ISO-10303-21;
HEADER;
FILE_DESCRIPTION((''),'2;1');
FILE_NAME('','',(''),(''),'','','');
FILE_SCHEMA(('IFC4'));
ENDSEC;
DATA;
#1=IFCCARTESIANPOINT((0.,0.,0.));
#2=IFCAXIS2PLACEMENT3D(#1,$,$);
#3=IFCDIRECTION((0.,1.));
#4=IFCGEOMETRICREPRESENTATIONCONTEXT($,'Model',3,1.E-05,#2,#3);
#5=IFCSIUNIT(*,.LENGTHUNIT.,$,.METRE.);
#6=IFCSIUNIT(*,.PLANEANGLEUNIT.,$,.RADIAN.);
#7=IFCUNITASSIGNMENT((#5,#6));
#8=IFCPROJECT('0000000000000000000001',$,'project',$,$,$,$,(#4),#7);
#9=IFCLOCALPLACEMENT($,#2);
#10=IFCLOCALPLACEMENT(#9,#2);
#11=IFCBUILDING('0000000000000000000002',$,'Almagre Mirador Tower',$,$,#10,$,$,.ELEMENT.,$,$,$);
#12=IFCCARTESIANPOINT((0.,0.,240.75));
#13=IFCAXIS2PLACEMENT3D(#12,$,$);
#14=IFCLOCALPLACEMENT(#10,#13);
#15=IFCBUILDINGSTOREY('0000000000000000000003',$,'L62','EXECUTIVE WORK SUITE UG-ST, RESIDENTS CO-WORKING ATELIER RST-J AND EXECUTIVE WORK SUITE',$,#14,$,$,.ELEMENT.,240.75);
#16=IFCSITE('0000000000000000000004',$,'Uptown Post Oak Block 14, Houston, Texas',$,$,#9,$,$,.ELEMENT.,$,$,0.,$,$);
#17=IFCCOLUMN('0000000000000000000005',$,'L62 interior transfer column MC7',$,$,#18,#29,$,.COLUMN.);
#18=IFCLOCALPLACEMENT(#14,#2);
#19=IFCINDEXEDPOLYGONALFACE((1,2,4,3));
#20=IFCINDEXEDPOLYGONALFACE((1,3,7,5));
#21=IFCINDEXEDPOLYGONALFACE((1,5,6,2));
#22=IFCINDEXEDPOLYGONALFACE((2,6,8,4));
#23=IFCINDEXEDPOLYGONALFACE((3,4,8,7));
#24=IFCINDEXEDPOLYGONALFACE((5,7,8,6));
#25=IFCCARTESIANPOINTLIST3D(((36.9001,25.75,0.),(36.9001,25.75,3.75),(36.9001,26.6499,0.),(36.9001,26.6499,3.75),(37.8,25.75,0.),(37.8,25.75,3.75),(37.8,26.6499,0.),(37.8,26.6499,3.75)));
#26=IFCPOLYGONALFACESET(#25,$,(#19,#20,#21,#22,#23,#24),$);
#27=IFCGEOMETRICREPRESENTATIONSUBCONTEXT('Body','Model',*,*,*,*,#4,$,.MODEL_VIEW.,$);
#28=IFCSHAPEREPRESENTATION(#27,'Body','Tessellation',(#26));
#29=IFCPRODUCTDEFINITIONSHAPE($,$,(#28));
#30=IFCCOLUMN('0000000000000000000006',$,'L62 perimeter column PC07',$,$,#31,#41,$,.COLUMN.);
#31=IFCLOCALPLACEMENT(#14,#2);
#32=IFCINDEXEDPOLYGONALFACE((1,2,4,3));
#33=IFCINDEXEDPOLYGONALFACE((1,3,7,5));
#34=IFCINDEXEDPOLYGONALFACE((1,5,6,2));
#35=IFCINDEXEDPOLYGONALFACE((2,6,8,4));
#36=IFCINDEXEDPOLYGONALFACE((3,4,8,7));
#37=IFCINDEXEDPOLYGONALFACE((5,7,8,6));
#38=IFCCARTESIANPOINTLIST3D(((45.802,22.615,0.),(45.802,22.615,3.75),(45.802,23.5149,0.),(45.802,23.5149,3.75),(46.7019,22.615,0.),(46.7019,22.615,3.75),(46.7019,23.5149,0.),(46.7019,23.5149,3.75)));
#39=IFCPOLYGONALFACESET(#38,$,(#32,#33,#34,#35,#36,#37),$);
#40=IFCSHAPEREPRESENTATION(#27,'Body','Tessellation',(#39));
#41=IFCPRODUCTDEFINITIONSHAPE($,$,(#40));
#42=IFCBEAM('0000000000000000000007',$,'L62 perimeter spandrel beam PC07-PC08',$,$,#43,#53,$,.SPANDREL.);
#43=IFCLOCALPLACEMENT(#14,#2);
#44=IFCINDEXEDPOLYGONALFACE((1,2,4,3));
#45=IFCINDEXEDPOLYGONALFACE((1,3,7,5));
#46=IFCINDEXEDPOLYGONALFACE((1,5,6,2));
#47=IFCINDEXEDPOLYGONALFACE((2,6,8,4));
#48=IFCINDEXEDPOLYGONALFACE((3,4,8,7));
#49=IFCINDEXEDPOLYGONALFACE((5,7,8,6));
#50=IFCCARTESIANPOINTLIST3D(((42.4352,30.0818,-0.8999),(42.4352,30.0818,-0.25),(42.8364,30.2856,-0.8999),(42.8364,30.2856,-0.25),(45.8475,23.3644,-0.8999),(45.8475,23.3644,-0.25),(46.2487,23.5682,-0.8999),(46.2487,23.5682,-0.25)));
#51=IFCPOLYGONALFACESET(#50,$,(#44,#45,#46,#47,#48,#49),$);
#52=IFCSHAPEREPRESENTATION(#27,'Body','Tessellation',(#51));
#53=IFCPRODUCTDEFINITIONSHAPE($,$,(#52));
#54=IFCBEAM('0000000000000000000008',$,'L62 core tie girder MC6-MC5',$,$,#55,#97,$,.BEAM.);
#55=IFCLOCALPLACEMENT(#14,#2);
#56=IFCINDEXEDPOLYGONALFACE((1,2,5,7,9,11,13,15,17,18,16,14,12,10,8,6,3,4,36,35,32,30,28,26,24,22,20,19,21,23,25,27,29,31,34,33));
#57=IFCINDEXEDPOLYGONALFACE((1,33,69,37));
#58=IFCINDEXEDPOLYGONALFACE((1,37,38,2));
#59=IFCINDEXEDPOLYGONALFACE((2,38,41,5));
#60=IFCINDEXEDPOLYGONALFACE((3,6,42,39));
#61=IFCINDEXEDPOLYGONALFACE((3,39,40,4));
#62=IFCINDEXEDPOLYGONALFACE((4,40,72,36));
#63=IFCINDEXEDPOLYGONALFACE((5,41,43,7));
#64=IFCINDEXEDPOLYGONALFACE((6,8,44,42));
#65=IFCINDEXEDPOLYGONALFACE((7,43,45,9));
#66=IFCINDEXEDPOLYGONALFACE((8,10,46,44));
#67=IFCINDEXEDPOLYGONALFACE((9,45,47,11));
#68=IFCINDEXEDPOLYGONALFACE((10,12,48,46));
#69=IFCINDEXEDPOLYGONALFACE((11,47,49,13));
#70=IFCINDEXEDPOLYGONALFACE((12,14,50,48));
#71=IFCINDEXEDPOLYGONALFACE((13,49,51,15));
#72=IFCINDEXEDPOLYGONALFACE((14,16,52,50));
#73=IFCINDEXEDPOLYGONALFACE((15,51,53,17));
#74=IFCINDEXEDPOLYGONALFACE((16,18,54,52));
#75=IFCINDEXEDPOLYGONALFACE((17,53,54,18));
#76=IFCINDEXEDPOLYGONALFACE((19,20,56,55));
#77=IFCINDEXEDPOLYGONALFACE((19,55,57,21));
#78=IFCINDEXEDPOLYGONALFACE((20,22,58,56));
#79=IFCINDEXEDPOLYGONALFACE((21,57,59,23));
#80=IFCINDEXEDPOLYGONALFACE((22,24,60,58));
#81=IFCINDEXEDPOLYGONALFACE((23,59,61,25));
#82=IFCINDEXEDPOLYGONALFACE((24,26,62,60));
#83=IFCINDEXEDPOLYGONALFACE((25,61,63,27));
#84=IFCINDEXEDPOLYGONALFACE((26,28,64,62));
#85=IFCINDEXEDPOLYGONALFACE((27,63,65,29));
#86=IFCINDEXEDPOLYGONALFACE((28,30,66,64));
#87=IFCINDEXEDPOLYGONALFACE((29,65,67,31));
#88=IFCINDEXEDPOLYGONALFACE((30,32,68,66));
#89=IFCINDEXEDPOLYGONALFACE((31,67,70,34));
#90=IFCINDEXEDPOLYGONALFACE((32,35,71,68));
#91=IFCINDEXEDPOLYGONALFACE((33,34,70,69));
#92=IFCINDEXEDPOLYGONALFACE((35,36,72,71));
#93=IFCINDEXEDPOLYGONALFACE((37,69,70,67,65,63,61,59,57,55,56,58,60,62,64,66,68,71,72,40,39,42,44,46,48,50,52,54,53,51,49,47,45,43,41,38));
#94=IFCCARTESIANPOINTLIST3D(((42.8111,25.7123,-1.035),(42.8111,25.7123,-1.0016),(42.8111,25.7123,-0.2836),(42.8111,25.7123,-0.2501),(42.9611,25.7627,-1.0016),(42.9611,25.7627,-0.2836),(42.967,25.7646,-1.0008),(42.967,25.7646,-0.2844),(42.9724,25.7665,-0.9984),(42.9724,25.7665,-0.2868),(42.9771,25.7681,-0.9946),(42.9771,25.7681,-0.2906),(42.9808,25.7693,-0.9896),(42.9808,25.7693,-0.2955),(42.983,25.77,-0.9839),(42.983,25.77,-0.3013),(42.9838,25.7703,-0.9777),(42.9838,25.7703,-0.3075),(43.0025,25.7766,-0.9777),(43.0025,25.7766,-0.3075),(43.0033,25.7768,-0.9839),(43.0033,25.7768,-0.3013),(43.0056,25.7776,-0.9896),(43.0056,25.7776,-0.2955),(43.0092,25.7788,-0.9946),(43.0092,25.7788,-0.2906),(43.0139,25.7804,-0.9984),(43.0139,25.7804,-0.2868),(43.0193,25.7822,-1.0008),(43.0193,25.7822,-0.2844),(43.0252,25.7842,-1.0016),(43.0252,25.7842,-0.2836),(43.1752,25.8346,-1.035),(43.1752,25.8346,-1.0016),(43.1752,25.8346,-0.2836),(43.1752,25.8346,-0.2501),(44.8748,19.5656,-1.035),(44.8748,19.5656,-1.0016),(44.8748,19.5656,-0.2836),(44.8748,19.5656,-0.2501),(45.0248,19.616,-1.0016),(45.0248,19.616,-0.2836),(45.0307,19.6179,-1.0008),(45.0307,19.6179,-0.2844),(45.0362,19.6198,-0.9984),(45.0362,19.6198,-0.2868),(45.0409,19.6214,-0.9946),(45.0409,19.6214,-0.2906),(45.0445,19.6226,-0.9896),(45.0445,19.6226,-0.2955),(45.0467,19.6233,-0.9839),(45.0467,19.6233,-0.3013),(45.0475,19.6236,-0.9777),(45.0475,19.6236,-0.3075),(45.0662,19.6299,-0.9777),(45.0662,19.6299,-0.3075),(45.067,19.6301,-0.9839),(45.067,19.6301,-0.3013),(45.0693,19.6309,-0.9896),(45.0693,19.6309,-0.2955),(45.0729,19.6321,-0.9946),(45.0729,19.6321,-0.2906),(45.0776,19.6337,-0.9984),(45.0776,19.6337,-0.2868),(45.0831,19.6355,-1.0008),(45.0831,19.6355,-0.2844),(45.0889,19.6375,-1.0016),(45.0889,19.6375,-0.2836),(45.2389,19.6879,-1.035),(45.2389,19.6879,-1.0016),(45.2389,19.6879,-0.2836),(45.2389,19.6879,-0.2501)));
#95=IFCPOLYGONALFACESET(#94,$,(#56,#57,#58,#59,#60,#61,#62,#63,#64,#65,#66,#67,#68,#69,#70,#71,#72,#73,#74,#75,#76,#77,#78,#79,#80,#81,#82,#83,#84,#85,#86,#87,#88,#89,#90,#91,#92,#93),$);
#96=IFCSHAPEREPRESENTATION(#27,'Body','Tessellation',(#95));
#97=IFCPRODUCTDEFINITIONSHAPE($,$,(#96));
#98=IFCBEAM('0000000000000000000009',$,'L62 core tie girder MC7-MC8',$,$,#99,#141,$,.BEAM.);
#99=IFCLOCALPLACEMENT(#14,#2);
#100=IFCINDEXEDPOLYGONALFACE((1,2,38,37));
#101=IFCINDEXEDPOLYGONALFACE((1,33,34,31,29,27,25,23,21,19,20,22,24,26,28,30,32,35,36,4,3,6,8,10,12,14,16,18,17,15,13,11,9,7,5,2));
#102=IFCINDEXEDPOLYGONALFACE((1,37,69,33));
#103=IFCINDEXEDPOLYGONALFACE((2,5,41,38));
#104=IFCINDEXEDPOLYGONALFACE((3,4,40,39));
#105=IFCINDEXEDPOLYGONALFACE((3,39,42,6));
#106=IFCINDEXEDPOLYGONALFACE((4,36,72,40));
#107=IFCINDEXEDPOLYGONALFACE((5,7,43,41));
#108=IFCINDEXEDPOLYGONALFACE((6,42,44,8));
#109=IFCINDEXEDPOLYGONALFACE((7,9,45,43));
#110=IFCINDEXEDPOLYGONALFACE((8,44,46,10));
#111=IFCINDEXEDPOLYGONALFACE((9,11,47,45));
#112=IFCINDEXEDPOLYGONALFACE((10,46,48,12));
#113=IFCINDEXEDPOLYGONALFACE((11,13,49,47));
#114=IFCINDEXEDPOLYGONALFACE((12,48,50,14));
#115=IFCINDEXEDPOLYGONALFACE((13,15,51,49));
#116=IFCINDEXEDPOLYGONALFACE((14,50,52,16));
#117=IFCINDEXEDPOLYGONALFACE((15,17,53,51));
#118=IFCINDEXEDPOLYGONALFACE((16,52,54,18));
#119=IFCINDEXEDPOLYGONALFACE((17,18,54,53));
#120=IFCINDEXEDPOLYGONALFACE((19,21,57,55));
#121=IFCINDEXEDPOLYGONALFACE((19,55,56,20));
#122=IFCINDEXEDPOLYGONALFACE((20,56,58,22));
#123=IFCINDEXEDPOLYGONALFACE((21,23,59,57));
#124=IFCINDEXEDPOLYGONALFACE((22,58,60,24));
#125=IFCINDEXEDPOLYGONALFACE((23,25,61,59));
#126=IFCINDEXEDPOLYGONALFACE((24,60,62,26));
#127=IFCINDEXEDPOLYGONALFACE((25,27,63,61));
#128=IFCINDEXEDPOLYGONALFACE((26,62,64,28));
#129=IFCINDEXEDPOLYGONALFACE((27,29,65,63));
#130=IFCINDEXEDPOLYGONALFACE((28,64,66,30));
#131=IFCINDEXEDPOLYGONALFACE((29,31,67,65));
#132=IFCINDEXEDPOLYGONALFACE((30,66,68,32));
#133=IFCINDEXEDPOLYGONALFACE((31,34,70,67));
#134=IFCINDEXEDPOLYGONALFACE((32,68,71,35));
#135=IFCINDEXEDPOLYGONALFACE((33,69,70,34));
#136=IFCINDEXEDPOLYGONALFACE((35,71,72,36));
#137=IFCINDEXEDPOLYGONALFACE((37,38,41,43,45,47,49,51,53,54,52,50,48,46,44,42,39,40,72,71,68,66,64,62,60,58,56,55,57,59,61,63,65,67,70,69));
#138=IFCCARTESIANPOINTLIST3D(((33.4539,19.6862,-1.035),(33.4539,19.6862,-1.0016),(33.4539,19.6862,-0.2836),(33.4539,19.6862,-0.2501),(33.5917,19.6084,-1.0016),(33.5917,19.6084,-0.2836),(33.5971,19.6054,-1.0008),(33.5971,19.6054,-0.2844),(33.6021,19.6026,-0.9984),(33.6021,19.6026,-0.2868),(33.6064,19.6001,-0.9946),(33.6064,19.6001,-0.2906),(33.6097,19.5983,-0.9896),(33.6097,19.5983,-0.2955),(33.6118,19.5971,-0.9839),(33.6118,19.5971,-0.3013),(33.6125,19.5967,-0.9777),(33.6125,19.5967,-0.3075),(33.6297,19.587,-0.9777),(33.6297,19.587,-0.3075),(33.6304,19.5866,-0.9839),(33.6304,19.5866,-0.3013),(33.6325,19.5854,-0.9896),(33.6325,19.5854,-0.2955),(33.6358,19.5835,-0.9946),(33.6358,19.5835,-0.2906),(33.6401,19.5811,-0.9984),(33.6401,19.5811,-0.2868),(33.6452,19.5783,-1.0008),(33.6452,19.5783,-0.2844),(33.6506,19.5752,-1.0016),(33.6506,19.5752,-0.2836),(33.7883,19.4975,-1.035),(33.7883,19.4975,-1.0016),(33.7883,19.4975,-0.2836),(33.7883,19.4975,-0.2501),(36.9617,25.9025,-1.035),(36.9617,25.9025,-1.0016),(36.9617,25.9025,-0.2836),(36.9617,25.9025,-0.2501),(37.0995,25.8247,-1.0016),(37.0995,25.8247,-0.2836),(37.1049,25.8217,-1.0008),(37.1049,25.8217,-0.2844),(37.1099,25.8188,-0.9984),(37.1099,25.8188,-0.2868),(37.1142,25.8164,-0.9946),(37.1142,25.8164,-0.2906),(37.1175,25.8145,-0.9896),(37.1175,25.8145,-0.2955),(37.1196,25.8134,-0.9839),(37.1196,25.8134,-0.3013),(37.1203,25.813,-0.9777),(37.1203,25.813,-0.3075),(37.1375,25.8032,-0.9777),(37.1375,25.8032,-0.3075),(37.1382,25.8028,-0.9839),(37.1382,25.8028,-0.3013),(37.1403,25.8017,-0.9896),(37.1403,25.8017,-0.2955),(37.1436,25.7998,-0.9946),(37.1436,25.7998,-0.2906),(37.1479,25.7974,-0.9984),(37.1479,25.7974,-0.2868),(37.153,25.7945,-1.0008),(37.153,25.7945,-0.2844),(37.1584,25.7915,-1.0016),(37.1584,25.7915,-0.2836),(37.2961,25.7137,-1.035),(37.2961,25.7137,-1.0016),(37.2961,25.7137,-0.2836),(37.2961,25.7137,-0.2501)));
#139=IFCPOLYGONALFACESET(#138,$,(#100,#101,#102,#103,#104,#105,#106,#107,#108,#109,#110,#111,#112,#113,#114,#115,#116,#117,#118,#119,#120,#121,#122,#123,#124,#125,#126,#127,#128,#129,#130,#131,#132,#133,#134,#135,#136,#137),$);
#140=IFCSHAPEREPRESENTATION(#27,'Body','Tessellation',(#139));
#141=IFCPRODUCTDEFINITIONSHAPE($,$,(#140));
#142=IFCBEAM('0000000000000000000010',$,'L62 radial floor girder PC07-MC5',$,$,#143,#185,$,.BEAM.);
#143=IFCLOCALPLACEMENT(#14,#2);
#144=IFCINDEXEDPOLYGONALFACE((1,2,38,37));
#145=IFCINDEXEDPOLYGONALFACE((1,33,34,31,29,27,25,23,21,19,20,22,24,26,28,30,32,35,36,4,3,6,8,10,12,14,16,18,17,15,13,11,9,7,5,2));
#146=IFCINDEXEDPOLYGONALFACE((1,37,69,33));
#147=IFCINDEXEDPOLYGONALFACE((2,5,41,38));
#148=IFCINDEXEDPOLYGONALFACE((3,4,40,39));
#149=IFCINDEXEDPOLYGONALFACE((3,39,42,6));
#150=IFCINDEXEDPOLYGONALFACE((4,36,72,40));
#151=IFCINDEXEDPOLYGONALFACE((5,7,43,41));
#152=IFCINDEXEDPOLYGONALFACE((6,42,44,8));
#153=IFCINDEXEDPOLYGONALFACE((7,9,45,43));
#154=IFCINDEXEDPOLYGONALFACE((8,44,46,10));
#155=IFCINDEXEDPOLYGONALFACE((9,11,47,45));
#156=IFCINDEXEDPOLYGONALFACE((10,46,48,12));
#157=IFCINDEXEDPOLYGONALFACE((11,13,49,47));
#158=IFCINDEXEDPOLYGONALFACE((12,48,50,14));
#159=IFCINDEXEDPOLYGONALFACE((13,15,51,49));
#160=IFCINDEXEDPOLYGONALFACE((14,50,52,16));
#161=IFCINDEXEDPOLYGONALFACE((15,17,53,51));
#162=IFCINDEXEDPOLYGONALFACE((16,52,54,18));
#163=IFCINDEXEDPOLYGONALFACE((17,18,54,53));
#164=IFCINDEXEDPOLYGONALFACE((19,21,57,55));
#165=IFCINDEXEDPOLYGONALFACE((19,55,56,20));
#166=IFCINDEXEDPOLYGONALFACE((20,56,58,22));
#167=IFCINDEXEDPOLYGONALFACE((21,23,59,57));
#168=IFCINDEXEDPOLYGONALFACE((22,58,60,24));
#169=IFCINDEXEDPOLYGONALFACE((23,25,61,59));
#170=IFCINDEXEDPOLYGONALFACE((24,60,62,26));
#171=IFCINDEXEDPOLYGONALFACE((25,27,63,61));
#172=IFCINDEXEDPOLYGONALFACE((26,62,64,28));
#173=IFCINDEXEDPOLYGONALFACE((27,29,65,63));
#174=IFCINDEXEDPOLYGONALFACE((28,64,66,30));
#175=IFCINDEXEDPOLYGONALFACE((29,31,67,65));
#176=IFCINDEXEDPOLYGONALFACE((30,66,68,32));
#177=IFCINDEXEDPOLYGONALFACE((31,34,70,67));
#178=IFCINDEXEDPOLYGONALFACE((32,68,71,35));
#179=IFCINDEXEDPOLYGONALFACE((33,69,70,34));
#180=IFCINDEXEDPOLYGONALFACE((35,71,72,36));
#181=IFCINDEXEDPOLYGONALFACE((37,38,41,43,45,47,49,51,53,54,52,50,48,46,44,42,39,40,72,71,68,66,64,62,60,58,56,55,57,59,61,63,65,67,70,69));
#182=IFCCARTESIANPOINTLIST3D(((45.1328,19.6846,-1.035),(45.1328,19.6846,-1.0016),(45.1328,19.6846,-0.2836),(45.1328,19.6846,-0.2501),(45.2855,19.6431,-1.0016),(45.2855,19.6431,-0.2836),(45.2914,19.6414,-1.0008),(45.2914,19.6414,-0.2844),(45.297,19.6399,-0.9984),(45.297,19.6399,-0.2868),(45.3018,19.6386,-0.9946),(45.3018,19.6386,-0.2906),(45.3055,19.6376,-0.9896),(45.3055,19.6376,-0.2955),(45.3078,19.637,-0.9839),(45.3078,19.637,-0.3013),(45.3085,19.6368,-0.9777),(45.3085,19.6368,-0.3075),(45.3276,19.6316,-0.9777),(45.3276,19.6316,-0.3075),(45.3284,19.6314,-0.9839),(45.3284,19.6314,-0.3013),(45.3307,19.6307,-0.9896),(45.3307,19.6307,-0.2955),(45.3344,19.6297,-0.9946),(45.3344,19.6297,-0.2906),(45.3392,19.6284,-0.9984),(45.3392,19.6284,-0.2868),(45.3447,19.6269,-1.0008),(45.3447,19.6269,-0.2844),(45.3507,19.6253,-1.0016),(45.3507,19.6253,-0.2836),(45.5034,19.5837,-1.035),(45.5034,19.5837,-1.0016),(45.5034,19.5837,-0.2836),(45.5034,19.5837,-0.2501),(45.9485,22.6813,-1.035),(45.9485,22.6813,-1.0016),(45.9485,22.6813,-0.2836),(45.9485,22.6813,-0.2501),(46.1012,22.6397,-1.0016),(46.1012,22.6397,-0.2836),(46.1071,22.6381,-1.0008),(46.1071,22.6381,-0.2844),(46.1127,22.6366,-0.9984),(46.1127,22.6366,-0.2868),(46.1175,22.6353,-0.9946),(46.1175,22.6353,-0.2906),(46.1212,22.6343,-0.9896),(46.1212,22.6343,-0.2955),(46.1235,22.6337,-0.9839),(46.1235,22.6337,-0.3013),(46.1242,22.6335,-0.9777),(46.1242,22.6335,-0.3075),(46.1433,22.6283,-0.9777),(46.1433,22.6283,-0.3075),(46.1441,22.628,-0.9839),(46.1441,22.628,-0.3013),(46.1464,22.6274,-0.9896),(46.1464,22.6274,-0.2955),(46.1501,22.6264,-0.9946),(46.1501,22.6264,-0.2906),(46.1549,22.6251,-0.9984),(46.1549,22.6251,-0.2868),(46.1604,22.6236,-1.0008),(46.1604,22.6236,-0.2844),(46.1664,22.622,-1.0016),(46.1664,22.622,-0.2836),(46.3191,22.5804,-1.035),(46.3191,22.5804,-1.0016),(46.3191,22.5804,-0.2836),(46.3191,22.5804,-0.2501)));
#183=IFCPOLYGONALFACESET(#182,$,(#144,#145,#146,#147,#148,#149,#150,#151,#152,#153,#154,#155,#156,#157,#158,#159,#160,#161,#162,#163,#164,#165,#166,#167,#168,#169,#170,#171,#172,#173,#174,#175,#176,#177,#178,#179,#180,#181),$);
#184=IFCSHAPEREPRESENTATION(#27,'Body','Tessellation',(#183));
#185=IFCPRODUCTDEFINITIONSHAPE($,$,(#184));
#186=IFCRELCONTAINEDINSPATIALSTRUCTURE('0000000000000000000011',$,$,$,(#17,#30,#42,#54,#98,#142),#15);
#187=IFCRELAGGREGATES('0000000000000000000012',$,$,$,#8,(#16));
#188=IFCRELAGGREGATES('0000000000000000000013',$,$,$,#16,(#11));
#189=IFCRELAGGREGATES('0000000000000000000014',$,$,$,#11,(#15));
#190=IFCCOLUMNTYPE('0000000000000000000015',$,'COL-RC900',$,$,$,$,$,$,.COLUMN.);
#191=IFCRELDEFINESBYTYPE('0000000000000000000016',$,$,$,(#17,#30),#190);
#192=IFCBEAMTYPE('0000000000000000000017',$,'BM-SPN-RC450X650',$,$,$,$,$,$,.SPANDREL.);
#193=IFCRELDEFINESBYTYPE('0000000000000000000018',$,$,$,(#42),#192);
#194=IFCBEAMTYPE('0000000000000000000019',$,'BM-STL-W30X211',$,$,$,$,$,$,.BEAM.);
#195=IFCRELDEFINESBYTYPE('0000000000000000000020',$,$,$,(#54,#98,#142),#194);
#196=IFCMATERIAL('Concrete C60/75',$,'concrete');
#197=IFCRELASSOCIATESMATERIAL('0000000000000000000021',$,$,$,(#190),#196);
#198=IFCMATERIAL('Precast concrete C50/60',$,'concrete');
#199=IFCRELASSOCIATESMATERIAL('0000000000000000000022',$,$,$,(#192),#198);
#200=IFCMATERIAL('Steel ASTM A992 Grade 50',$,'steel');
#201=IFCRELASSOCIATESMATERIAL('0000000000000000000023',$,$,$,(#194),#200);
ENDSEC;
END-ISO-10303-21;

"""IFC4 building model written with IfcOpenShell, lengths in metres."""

from ifc_helpers import new_model, si_unit, direction, frame, origin, origin_2d, place, context, subcontext, project, spatial, rectangle, i_section, extrude, material, material_profile, profile_set, type_object, element, save


model = new_model("IFC4")

# Units and contexts
model_context = context("Model", 3, precision=1e-05, world=origin(), true_north=direction((0.0, 1.0)))
body_context = subcontext(model_context, "Body", "Model", "MODEL_VIEW")
ifc_project = project(units=[si_unit("LENGTHUNIT", "METRE"), si_unit("PLANEANGLEUNIT", "RADIAN")], contexts=[model_context])

# Site, building, storey
site_placement = place(None, origin())
site = spatial("IfcSite", under=ifc_project, at=site_placement, Name="Uptown Post Oak Block 14, Houston, Texas", CompositionType="ELEMENT", RefElevation=0.0)
building_placement = place(site_placement, origin())
building = spatial("IfcBuilding", under=site, at=building_placement, Name="Almagre Mirador Tower", CompositionType="ELEMENT")
storey_placement = place(building_placement, frame((0.0, 0.0, 240.75)))
storey = spatial("IfcBuildingStorey", under=building, at=storey_placement, Name="L62", Description="EXECUTIVE WORK SUITE UG-ST, RESIDENTS CO-WORKING ATELIER RST-J AND EXECUTIVE WORK SUITE", CompositionType="ELEMENT", Elevation=240.75)

# Columns
ifc_material_1 = material(Name="Concrete C60/75", Category="concrete")
ifc_material_profile_1 = material_profile(ifc_material_1, rectangle(XDim=0.8999, YDim=0.8999, at=origin_2d()), Name="RC900X900")
ifc_profile_set_1 = profile_set([ifc_material_profile_1], Name="Concrete C60/75")
column_type = type_object("IfcColumnType", Name="COL-RC900", PredefinedType="COLUMN", material=ifc_profile_set_1)
for number, where, z_axis, x_axis, name in (
    (1, (37.3501, 26.2, 0.0), (0.0, 0.0, 1.0), (1.0, 0.0, 0.0), "L62 interior transfer column MC7"),
    (2, (46.252, 23.0649, 0.0), (0.0, 0.0, 1.0), (1.0, 0.0, 0.0), "L62 perimeter column PC07"),
):
    element("IfcColumn", number, at=place(storey_placement, frame(where, z_axis=z_axis, x_axis=x_axis)), inside=storey, type_object=column_type, Name=name, PredefinedType="COLUMN", context=body_context, shape_type="SweptSolid", body=[
        extrude(rectangle(XDim=0.8999, YDim=0.8999, at=origin_2d()), origin(), (0.0, 0.0, 1.0), 3.75),
    ])

# Beams
ifc_material_2 = material(Name="Precast concrete C50/60", Category="concrete")
ifc_material_profile_2 = material_profile(ifc_material_2, rectangle(XDim=0.45, YDim=0.6499, at=origin_2d()), Name="RC450X650")
ifc_profile_set_2 = profile_set([ifc_material_profile_2], Name="Precast concrete C50/60")
beam_type_1 = type_object("IfcBeamType", Name="BM-SPN-RC450X650", PredefinedType="SPANDREL", material=ifc_profile_set_2)
beam_1_placement = place(storey_placement, frame((46.0481, 23.4663, -0.575), z_axis=(-0.452894, 0.891564, 0.0), x_axis=(-0.891564, -0.452894, 0.0)))
element("IfcBeam", 3, at=beam_1_placement, inside=storey, type_object=beam_type_1, Name="L62 perimeter spandrel beam PC07-PC08", PredefinedType="SPANDREL", context=body_context, shape_type="SweptSolid", body=[
    extrude(rectangle(XDim=0.45, YDim=0.6499, at=origin_2d()), origin(), (0.0, 0.0, 1.0), 7.5344),
])
ifc_material_3 = material(Name="Steel ASTM A992 Grade 50", Category="steel")
ifc_material_profile_3 = material_profile(ifc_material_3, i_section(OverallWidth=0.384, OverallDepth=0.7849, WebThickness=0.0198, FlangeThickness=0.0334, FilletRadius=0.0239, at=origin_2d()), Name="W30X211")
ifc_profile_set_3 = profile_set([ifc_material_profile_3], Name="Steel ASTM A992 Grade 50")
beam_type_2 = type_object("IfcBeamType", Name="BM-STL-W30X211", PredefinedType="BEAM", material=ifc_profile_set_3)
beam_2_placement = place(storey_placement, frame((42.9932, 25.7734, -0.6426), z_axis=(0.318283, -0.947996, 0.0), x_axis=(0.947996, 0.318283, 0.0)))
element("IfcBeam", 4, at=beam_2_placement, inside=storey, type_object=beam_type_2, Name="L62 core tie girder MC6-MC5", PredefinedType="BEAM", context=body_context, shape_type="SweptSolid", body=[
    extrude(i_section(OverallWidth=0.384, OverallDepth=0.7849, WebThickness=0.0198, FlangeThickness=0.0334, FilletRadius=0.0239, at=origin_2d()), origin(), (0.0, 0.0, 1.0), 6.4839),
])
beam_3_placement = place(storey_placement, frame((37.1289, 25.8081, -0.6426), z_axis=(-0.491446, -0.870908, 0.0), x_axis=(0.870908, -0.491446, 0.0)))
element("IfcBeam", 5, at=beam_3_placement, inside=storey, type_object=beam_type_2, Name="L62 core tie girder MC7-MC8", PredefinedType="BEAM", context=body_context, shape_type="SweptSolid", body=[
    extrude(i_section(OverallWidth=0.384, OverallDepth=0.7849, WebThickness=0.0198, FlangeThickness=0.0334, FilletRadius=0.0239, at=origin_2d()), origin(), (0.0, 0.0, 1.0), 7.1377),
])
beam_4_placement = place(storey_placement, frame((46.1338, 22.6309, -0.6426), z_axis=(-0.262645, -0.964893, 0.0), x_axis=(0.964893, -0.262645, 0.0)))
element("IfcBeam", 6, at=beam_4_placement, inside=storey, type_object=beam_type_2, Name="L62 radial floor girder PC07-MC5", PredefinedType="BEAM", context=body_context, shape_type="SweptSolid", body=[
    extrude(i_section(OverallWidth=0.384, OverallDepth=0.7849, WebThickness=0.0198, FlangeThickness=0.0334, FilletRadius=0.0239, at=origin_2d()), origin(), (0.0, 0.0, 1.0), 3.1057),
])

save(model, "model.ifc")
